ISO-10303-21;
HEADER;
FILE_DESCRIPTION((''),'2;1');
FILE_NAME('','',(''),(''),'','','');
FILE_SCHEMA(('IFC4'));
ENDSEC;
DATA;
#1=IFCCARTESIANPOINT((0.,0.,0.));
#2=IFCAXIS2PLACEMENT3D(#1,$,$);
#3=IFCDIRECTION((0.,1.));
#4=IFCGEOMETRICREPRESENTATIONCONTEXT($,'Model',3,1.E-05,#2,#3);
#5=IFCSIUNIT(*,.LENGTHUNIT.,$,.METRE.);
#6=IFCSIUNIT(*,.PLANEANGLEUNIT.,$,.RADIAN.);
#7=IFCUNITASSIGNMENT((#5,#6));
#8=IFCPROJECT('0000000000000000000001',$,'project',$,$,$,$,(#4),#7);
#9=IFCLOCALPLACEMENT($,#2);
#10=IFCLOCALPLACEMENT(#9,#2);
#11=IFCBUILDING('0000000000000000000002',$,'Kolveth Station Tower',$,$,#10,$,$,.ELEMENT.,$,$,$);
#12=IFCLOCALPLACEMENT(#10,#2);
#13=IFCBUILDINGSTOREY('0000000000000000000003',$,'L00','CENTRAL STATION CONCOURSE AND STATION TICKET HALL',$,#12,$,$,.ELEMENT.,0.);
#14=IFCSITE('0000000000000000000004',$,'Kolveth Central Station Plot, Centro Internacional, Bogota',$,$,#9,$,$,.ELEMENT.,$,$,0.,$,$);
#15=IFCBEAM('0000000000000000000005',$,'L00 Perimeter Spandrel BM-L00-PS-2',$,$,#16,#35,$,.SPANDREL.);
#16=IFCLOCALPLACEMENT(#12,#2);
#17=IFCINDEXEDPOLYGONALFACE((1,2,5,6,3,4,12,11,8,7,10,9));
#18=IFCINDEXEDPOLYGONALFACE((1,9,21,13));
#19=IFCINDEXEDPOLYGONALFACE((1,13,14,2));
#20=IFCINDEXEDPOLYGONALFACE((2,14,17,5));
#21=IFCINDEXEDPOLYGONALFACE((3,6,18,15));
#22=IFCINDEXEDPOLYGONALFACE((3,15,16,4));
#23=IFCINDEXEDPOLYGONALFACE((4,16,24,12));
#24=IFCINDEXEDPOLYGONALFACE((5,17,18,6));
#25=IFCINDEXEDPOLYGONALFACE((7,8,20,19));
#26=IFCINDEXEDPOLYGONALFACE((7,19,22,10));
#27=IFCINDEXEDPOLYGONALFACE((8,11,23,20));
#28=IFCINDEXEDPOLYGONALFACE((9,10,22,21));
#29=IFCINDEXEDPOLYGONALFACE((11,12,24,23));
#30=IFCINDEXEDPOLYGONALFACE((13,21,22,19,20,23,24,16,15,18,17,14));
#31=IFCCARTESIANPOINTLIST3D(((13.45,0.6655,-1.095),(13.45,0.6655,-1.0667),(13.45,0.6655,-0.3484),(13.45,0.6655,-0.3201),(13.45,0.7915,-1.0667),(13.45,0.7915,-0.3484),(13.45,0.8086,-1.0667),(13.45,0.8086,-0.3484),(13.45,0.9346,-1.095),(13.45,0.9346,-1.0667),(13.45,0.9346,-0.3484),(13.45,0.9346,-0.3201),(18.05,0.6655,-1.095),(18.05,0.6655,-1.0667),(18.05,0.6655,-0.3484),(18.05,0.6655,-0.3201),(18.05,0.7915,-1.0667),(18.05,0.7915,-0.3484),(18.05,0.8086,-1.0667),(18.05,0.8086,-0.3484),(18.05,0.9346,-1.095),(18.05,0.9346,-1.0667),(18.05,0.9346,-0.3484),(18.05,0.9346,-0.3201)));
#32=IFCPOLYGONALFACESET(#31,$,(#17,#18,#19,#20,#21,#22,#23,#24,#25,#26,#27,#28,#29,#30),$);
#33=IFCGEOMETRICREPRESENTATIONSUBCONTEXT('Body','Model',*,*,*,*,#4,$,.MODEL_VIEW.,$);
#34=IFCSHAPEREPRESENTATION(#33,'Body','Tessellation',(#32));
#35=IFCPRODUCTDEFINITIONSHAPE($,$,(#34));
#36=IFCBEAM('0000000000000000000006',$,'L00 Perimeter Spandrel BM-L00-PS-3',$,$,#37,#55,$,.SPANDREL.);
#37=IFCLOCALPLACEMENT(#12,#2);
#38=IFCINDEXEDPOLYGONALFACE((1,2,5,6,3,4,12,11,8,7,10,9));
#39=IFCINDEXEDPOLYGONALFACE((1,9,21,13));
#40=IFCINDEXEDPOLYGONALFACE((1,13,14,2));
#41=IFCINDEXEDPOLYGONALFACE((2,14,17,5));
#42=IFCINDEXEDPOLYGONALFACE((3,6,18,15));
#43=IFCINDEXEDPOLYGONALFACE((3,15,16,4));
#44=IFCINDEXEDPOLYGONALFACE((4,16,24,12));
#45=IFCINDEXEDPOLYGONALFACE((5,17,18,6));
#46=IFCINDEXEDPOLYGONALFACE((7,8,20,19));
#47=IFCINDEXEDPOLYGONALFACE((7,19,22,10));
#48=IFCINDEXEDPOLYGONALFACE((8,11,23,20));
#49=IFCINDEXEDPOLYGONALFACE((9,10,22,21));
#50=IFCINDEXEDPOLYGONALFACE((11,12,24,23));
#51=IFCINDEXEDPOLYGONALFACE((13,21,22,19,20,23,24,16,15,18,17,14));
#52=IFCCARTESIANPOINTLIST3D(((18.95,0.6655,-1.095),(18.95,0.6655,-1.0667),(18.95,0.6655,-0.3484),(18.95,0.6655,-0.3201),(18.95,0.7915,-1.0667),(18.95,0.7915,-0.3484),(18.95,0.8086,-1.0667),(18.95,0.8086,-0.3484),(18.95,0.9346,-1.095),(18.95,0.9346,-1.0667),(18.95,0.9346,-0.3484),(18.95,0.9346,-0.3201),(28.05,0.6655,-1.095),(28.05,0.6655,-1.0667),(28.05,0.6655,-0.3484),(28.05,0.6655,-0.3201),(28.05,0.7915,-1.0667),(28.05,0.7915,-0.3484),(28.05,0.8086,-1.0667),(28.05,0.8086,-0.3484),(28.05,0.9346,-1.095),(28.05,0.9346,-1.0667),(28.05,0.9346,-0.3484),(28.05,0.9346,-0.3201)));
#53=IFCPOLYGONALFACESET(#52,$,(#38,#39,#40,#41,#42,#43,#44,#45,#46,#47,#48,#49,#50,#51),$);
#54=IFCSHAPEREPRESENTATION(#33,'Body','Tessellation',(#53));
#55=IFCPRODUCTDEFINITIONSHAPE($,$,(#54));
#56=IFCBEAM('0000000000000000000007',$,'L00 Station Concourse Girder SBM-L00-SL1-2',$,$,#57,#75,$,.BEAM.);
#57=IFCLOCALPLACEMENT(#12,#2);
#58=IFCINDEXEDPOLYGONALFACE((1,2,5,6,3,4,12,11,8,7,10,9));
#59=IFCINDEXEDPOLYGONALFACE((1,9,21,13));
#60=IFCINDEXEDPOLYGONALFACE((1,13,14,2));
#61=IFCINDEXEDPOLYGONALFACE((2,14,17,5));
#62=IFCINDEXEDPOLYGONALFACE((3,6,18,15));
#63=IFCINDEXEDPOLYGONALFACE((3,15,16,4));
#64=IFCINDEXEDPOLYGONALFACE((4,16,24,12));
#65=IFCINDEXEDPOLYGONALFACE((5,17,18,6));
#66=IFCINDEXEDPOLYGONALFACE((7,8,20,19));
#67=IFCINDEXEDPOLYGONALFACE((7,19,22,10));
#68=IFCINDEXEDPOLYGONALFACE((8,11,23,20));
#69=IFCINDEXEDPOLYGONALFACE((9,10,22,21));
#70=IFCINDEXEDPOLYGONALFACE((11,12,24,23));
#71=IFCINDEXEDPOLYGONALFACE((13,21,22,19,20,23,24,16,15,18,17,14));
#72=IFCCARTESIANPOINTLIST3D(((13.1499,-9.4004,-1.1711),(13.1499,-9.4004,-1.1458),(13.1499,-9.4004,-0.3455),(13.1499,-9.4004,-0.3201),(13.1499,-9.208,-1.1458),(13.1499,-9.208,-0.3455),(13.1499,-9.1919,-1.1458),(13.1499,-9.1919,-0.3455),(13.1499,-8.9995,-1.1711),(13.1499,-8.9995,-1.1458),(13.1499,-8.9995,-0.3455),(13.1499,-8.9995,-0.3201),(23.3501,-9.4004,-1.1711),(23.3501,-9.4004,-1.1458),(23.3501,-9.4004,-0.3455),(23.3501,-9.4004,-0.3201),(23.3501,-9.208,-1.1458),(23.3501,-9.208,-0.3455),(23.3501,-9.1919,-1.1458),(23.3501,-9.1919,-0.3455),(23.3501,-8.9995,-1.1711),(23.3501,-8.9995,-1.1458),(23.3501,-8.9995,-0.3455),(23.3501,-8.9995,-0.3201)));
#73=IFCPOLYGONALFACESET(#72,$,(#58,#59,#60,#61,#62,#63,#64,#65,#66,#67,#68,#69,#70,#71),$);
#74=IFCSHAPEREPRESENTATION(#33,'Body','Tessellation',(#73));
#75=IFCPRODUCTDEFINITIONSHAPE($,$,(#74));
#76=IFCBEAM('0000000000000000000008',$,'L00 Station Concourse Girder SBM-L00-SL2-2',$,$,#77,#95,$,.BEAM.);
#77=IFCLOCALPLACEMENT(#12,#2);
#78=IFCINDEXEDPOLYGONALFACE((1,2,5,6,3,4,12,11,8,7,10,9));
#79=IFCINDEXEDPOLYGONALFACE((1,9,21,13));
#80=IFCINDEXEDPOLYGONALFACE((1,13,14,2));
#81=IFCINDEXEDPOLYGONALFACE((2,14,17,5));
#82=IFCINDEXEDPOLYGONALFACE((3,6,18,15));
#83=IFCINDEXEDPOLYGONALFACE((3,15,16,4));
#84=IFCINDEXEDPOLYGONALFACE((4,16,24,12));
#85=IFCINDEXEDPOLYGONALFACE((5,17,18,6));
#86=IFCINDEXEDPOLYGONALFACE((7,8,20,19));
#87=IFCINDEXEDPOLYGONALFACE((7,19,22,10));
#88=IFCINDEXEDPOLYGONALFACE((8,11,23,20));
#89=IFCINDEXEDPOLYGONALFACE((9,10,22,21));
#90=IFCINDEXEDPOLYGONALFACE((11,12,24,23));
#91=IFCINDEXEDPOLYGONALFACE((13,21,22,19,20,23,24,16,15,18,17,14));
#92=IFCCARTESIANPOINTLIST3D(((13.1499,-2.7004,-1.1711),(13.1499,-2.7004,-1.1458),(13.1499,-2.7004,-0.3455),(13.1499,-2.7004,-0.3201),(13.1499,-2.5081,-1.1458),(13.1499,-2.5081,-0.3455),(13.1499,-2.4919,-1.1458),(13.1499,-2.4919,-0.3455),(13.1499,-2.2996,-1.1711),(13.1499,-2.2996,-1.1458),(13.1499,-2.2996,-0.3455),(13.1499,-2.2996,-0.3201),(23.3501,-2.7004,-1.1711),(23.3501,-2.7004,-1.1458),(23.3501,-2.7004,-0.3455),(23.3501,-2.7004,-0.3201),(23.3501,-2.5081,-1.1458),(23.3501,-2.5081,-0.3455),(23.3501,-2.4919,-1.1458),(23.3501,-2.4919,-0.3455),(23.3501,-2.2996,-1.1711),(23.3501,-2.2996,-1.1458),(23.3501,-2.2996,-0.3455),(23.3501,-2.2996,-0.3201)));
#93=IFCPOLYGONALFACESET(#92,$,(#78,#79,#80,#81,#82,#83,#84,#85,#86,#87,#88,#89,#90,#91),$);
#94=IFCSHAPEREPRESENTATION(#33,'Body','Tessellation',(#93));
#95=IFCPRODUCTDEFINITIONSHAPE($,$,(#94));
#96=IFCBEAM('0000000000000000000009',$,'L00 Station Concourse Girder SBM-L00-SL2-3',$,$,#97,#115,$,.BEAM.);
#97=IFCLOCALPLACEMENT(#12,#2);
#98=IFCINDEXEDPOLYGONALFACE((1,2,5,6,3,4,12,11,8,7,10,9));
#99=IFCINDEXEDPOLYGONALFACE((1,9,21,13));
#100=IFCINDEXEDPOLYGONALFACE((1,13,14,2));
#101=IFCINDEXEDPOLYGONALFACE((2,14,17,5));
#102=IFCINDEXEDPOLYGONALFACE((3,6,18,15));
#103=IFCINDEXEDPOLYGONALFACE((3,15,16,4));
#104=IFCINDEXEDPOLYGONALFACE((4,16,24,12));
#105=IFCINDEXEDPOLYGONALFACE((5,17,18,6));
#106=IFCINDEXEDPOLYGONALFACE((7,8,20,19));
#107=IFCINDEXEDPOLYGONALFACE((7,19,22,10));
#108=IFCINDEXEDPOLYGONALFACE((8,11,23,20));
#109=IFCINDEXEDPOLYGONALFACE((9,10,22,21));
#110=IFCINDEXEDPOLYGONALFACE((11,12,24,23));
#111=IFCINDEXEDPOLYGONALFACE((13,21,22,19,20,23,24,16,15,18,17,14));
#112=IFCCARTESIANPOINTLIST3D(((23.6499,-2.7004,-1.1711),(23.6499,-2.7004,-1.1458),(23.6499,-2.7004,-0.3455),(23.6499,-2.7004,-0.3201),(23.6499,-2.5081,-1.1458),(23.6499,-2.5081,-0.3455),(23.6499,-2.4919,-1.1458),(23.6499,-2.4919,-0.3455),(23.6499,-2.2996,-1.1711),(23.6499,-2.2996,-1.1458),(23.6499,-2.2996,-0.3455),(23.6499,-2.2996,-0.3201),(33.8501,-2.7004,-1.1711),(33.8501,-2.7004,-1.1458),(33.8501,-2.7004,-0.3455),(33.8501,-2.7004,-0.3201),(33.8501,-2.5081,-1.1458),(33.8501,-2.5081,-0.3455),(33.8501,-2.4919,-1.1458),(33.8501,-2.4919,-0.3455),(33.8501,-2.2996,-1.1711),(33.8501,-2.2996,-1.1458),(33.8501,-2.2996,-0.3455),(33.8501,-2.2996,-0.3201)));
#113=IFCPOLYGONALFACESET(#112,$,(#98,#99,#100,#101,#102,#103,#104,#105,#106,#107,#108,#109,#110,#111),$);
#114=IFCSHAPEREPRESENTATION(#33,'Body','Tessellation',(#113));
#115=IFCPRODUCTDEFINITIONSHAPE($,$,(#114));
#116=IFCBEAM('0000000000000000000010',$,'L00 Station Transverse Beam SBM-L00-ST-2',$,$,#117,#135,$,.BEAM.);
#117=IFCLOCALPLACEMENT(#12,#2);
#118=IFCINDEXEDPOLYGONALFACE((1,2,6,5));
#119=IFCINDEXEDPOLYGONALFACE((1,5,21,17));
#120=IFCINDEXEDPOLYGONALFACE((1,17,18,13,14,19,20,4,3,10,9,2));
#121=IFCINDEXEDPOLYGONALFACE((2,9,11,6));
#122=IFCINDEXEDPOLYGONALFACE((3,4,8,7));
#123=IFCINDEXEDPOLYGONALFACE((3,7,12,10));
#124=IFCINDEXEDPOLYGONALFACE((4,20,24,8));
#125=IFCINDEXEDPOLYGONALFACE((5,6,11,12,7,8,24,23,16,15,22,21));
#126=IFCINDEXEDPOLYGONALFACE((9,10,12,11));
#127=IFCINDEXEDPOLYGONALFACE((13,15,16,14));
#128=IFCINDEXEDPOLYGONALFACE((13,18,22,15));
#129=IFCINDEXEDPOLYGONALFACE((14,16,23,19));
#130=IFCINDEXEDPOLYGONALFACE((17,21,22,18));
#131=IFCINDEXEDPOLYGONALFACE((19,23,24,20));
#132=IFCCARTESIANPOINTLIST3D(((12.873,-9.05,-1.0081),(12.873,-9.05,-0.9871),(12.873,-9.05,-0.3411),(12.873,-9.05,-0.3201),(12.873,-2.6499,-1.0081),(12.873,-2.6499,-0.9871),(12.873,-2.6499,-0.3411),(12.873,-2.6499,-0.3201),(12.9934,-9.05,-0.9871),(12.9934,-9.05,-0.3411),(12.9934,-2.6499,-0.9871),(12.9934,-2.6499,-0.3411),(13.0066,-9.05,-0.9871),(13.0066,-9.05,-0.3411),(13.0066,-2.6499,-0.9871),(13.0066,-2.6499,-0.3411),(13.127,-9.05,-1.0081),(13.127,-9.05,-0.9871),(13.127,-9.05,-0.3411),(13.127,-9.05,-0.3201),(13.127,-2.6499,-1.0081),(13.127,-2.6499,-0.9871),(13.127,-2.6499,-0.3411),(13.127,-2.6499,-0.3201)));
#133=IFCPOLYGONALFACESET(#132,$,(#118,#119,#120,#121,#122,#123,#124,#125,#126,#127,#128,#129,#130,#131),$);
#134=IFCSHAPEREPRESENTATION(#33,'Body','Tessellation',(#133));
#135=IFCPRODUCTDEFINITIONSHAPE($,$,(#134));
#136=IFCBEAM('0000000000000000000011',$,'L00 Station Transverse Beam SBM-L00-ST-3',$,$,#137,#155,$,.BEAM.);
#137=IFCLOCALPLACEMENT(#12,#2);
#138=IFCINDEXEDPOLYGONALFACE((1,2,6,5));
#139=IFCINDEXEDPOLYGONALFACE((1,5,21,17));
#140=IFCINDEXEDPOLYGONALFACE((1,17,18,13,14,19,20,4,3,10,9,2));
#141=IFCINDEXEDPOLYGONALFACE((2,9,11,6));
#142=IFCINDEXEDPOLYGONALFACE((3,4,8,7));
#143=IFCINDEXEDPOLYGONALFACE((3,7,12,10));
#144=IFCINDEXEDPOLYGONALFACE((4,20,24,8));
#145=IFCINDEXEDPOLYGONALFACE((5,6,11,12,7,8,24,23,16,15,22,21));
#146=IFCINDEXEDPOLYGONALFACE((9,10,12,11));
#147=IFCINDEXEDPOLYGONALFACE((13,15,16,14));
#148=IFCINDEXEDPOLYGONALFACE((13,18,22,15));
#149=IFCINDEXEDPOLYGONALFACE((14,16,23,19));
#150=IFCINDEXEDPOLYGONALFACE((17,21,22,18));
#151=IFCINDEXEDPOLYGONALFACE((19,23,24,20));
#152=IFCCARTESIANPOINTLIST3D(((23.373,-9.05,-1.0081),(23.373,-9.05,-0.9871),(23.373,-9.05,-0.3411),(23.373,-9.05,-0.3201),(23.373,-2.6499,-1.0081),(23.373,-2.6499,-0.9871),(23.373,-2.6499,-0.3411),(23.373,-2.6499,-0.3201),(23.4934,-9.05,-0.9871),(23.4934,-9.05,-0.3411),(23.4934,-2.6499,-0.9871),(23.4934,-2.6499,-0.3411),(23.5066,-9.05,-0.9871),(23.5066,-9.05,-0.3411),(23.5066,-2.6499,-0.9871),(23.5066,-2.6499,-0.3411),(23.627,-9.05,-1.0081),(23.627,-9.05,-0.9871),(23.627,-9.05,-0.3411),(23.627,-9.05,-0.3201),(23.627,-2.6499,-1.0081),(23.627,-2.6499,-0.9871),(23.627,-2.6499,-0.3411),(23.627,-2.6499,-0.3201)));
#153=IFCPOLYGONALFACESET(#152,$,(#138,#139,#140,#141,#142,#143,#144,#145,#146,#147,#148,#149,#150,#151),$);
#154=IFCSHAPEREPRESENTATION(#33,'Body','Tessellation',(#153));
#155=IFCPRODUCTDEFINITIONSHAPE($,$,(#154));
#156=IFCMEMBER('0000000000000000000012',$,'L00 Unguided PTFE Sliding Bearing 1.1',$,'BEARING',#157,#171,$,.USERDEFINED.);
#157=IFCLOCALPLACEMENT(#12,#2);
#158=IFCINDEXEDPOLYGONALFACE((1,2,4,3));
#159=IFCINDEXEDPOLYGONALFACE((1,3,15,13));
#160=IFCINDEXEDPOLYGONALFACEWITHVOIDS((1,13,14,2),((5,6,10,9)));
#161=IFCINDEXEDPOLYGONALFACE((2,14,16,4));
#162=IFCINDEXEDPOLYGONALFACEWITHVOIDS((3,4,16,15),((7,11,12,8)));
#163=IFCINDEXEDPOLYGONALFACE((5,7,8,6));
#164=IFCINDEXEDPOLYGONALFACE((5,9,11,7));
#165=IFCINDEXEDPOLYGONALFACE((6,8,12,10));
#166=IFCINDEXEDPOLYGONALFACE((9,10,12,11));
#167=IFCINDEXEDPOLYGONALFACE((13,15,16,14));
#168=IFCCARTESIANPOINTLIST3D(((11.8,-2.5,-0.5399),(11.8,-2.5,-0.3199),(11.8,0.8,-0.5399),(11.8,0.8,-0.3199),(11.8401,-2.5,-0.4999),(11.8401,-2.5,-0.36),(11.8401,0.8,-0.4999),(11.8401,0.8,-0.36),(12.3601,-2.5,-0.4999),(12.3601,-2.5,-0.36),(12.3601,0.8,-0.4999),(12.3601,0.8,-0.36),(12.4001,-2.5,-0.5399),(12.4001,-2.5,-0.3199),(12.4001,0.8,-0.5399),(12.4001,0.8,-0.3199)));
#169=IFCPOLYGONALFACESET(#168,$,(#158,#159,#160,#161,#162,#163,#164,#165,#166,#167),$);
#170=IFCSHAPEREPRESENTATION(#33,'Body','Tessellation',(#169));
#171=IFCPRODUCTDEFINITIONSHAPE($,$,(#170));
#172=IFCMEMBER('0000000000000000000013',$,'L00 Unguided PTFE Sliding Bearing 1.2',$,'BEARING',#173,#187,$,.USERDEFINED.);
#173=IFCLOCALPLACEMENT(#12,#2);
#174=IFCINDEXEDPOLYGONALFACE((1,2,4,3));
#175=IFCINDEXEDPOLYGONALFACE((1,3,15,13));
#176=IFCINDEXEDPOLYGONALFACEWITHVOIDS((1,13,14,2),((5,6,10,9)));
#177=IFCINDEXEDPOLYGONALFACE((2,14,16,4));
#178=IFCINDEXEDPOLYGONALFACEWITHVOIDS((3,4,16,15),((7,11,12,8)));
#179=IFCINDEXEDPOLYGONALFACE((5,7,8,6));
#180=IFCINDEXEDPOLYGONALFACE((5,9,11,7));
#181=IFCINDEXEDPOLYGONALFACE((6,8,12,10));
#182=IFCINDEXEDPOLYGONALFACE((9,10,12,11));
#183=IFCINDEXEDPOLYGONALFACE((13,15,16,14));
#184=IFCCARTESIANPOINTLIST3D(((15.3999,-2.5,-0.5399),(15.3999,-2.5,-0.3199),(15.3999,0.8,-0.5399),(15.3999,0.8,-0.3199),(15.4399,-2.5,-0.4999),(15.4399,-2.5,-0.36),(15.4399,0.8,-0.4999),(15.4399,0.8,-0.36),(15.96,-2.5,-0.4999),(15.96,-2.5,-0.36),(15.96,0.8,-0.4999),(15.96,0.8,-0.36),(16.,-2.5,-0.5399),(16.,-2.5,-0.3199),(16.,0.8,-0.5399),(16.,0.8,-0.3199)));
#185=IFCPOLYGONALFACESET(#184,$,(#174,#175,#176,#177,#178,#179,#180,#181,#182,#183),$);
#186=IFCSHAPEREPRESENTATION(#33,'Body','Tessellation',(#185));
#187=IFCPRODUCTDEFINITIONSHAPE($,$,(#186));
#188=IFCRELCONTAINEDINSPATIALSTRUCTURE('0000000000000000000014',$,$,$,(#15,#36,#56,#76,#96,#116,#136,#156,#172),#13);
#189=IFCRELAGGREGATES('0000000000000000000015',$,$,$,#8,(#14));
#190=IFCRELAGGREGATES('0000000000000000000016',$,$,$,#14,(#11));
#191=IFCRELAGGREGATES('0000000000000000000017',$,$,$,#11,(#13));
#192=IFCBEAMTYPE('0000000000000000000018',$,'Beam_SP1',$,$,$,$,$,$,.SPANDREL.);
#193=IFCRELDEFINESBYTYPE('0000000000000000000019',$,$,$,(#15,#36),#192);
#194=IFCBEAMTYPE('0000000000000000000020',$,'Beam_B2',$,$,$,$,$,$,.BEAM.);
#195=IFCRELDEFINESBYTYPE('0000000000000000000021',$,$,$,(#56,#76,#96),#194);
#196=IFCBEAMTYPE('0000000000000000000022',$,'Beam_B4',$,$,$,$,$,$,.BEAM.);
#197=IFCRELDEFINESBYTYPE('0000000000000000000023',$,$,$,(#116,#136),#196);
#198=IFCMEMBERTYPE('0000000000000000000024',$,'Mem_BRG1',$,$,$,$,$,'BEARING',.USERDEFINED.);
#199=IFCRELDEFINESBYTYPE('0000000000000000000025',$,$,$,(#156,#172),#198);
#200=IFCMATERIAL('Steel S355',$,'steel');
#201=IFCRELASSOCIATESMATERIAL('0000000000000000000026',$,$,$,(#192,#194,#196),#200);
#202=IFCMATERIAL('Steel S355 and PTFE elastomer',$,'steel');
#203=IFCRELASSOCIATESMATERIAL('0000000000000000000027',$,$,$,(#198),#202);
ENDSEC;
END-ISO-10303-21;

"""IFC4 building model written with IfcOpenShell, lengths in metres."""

from ifc_helpers import new_model, si_unit, direction, frame, origin, origin_2d, place, context, subcontext, project, spatial, hollow_rectangle, i_section, extrude, source, transform, mapped, material, material_profile, profile_set, type_object, element, save


model = new_model("IFC4")

# Units and contexts
model_context = context("Model", 3, precision=1e-05, world=origin(), true_north=direction((0.0, 1.0)))
body_context = subcontext(model_context, "Body", "Model", "MODEL_VIEW")
ifc_project = project(units=[si_unit("LENGTHUNIT", "METRE"), si_unit("PLANEANGLEUNIT", "RADIAN")], contexts=[model_context])

# Site, building, storey
site_placement = place(None, origin())
site = spatial("IfcSite", under=ifc_project, at=site_placement, Name="Kolveth Central Station Plot, Centro Internacional, Bogota", CompositionType="ELEMENT", RefElevation=0.0)
building_placement = place(site_placement, origin())
building = spatial("IfcBuilding", under=site, at=building_placement, Name="Kolveth Station Tower", CompositionType="ELEMENT")
storey_placement = place(building_placement, origin())
storey = spatial("IfcBuildingStorey", under=building, at=storey_placement, Name="L00", Description="CENTRAL STATION CONCOURSE AND STATION TICKET HALL", CompositionType="ELEMENT", Elevation=0.0)

# Shared definitions
ifc_material_1 = material(Name="Steel S355", Category="steel")

# Beams
ifc_material_profile_1 = material_profile(ifc_material_1, i_section(OverallWidth=0.269, OverallDepth=0.7749, WebThickness=0.0171, FlangeThickness=0.0283, at=origin_2d()), Name="W760x220")
ifc_profile_set_1 = profile_set([ifc_material_profile_1], Name="Steel S355")
beam_type_1 = type_object("IfcBeamType", Name="Beam_SP1", PredefinedType="SPANDREL", material=ifc_profile_set_1)
shared_shape_1 = source(origin(), body_context, "Body", "SweptSolid", [
    extrude(i_section(OverallWidth=0.269, OverallDepth=0.7749, WebThickness=0.0171, FlangeThickness=0.0283, at=origin_2d()), origin(), (0.0, 0.0, 1.0), 4.6001),
])
beam_1_placement = place(storey_placement, frame((13.45, 0.8, -0.7075), z_axis=(1.0, 0.0, 0.0), x_axis=(0.0, 1.0, 0.0)))
element("IfcBeam", 1, at=beam_1_placement, inside=storey, type_object=beam_type_1, Name="L00 Perimeter Spandrel BM-L00-PS-2", PredefinedType="SPANDREL", context=body_context, shape_type="MappedRepresentation", body=[
    mapped(shared_shape_1, transform((0.0, 0.0, 0.0), x_axis=(1.0, 0.0, 0.0), y_axis=(0.0, 1.0, 0.0), z_axis=(0.0, 0.0, 1.0), scale=1.0)),
])
shared_shape_2 = source(origin(), body_context, "Body", "SweptSolid", [
    extrude(i_section(OverallWidth=0.269, OverallDepth=0.7749, WebThickness=0.0171, FlangeThickness=0.0283, at=origin_2d()), origin(), (0.0, 0.0, 1.0), 9.1001),
])
beam_2_placement = place(storey_placement, frame((18.95, 0.8, -0.7075), z_axis=(1.0, 0.0, 0.0), x_axis=(0.0, 1.0, 0.0)))
element("IfcBeam", 2, at=beam_2_placement, inside=storey, type_object=beam_type_1, Name="L00 Perimeter Spandrel BM-L00-PS-3", PredefinedType="SPANDREL", context=body_context, shape_type="MappedRepresentation", body=[
    mapped(shared_shape_2, transform((0.0, 0.0, 0.0), x_axis=(1.0, 0.0, 0.0), y_axis=(0.0, 1.0, 0.0), z_axis=(0.0, 0.0, 1.0), scale=1.0)),
])
ifc_material_profile_2 = material_profile(ifc_material_1, i_section(OverallWidth=0.4009, OverallDepth=0.8511, WebThickness=0.0161, FlangeThickness=0.0254, at=origin_2d()), Name="W840x226")
ifc_profile_set_2 = profile_set([ifc_material_profile_2], Name="Steel S355")
beam_type_2 = type_object("IfcBeamType", Name="Beam_B2", PredefinedType="BEAM", material=ifc_profile_set_2)
shared_shape_3 = source(origin(), body_context, "Body", "SweptSolid", [
    extrude(i_section(OverallWidth=0.4009, OverallDepth=0.8511, WebThickness=0.0161, FlangeThickness=0.0254, at=origin_2d()), origin(), (0.0, 0.0, 1.0), 10.2002),
])
for number, where, z_axis, x_axis, name in (
    (3, (13.1499, -9.2, -0.7456), (1.0, 0.0, 0.0), (0.0, 1.0, 0.0), "L00 Station Concourse Girder SBM-L00-SL1-2"),
    (4, (13.1499, -2.5, -0.7456), (1.0, 0.0, 0.0), (0.0, 1.0, 0.0), "L00 Station Concourse Girder SBM-L00-SL2-2"),
    (5, (23.6499, -2.5, -0.7456), (1.0, 0.0, 0.0), (0.0, 1.0, 0.0), "L00 Station Concourse Girder SBM-L00-SL2-3"),
):
    element("IfcBeam", number, at=place(storey_placement, frame(where, z_axis=z_axis, x_axis=x_axis)), inside=storey, type_object=beam_type_2, Name=name, PredefinedType="BEAM", context=body_context, shape_type="MappedRepresentation", body=[
        mapped(shared_shape_3, transform((0.0, 0.0, 0.0), x_axis=(1.0, 0.0, 0.0), y_axis=(0.0, 1.0, 0.0), z_axis=(0.0, 0.0, 1.0), scale=1.0)),
    ])
ifc_material_profile_3 = material_profile(ifc_material_1, i_section(OverallWidth=0.2539, OverallDepth=0.688, WebThickness=0.0132, FlangeThickness=0.021, at=origin_2d()), Name="W690x152")
ifc_profile_set_3 = profile_set([ifc_material_profile_3], Name="Steel S355")
beam_type_3 = type_object("IfcBeamType", Name="Beam_B4", PredefinedType="BEAM", material=ifc_profile_set_3)
shared_shape_4 = source(origin(), body_context, "Body", "SweptSolid", [
    extrude(i_section(OverallWidth=0.2539, OverallDepth=0.688, WebThickness=0.0132, FlangeThickness=0.021, at=origin_2d()), origin(), (0.0, 0.0, 1.0), 6.4001),
])
for number, where, z_axis, x_axis, name in (
    (6, (13.0, -9.05, -0.6641), (0.0, 1.0, 0.0), (-1.0, 0.0, 0.0), "L00 Station Transverse Beam SBM-L00-ST-2"),
    (7, (23.5, -9.05, -0.6641), (0.0, 1.0, 0.0), (-1.0, 0.0, 0.0), "L00 Station Transverse Beam SBM-L00-ST-3"),
):
    element("IfcBeam", number, at=place(storey_placement, frame(where, z_axis=z_axis, x_axis=x_axis)), inside=storey, type_object=beam_type_3, Name=name, PredefinedType="BEAM", context=body_context, shape_type="MappedRepresentation", body=[
        mapped(shared_shape_4, transform((0.0, 0.0, 0.0), x_axis=(1.0, 0.0, 0.0), y_axis=(0.0, 1.0, 0.0), z_axis=(0.0, 0.0, 1.0), scale=1.0)),
    ])

# Members
ifc_material_2 = material(Name="Steel S355 and PTFE elastomer", Category="steel")
ifc_material_profile_4 = material_profile(ifc_material_2, hollow_rectangle(XDim=0.6001, YDim=0.22, WallThickness=0.04, at=origin_2d()), Name="PTFE-BEARING-750x600")
ifc_profile_set_4 = profile_set([ifc_material_profile_4], Name="Steel S355 and PTFE elastomer")
member_type_1 = type_object("IfcMemberType", Name="Mem_BRG1", ElementType="BEARING", PredefinedType="USERDEFINED", material=ifc_profile_set_4)
shared_shape_5 = source(origin(), body_context, "Body", "SweptSolid", [
    extrude(hollow_rectangle(XDim=0.6001, YDim=0.22, WallThickness=0.04, at=origin_2d()), origin(), (0.0, 0.0, 1.0), 3.3),
])
for number, where, z_axis, x_axis, name in (
    (8, (12.1001, -2.5, -0.4299), (0.0, 1.0, 0.0), (-1.0, 0.0, 0.0), "L00 Unguided PTFE Sliding Bearing 1.1"),
    (9, (15.7, -2.5, -0.4299), (0.0, 1.0, 0.0), (-1.0, 0.0, 0.0), "L00 Unguided PTFE Sliding Bearing 1.2"),
):
    element("IfcMember", number, at=place(storey_placement, frame(where, z_axis=z_axis, x_axis=x_axis)), inside=storey, type_object=member_type_1, Name=name, ObjectType="BEARING", PredefinedType="USERDEFINED", context=body_context, shape_type="MappedRepresentation", body=[
        mapped(shared_shape_5, transform((0.0, 0.0, 0.0), x_axis=(1.0, 0.0, 0.0), y_axis=(0.0, 1.0, 0.0), z_axis=(0.0, 0.0, 1.0), scale=1.0)),
    ])

save(model, "model.ifc")
